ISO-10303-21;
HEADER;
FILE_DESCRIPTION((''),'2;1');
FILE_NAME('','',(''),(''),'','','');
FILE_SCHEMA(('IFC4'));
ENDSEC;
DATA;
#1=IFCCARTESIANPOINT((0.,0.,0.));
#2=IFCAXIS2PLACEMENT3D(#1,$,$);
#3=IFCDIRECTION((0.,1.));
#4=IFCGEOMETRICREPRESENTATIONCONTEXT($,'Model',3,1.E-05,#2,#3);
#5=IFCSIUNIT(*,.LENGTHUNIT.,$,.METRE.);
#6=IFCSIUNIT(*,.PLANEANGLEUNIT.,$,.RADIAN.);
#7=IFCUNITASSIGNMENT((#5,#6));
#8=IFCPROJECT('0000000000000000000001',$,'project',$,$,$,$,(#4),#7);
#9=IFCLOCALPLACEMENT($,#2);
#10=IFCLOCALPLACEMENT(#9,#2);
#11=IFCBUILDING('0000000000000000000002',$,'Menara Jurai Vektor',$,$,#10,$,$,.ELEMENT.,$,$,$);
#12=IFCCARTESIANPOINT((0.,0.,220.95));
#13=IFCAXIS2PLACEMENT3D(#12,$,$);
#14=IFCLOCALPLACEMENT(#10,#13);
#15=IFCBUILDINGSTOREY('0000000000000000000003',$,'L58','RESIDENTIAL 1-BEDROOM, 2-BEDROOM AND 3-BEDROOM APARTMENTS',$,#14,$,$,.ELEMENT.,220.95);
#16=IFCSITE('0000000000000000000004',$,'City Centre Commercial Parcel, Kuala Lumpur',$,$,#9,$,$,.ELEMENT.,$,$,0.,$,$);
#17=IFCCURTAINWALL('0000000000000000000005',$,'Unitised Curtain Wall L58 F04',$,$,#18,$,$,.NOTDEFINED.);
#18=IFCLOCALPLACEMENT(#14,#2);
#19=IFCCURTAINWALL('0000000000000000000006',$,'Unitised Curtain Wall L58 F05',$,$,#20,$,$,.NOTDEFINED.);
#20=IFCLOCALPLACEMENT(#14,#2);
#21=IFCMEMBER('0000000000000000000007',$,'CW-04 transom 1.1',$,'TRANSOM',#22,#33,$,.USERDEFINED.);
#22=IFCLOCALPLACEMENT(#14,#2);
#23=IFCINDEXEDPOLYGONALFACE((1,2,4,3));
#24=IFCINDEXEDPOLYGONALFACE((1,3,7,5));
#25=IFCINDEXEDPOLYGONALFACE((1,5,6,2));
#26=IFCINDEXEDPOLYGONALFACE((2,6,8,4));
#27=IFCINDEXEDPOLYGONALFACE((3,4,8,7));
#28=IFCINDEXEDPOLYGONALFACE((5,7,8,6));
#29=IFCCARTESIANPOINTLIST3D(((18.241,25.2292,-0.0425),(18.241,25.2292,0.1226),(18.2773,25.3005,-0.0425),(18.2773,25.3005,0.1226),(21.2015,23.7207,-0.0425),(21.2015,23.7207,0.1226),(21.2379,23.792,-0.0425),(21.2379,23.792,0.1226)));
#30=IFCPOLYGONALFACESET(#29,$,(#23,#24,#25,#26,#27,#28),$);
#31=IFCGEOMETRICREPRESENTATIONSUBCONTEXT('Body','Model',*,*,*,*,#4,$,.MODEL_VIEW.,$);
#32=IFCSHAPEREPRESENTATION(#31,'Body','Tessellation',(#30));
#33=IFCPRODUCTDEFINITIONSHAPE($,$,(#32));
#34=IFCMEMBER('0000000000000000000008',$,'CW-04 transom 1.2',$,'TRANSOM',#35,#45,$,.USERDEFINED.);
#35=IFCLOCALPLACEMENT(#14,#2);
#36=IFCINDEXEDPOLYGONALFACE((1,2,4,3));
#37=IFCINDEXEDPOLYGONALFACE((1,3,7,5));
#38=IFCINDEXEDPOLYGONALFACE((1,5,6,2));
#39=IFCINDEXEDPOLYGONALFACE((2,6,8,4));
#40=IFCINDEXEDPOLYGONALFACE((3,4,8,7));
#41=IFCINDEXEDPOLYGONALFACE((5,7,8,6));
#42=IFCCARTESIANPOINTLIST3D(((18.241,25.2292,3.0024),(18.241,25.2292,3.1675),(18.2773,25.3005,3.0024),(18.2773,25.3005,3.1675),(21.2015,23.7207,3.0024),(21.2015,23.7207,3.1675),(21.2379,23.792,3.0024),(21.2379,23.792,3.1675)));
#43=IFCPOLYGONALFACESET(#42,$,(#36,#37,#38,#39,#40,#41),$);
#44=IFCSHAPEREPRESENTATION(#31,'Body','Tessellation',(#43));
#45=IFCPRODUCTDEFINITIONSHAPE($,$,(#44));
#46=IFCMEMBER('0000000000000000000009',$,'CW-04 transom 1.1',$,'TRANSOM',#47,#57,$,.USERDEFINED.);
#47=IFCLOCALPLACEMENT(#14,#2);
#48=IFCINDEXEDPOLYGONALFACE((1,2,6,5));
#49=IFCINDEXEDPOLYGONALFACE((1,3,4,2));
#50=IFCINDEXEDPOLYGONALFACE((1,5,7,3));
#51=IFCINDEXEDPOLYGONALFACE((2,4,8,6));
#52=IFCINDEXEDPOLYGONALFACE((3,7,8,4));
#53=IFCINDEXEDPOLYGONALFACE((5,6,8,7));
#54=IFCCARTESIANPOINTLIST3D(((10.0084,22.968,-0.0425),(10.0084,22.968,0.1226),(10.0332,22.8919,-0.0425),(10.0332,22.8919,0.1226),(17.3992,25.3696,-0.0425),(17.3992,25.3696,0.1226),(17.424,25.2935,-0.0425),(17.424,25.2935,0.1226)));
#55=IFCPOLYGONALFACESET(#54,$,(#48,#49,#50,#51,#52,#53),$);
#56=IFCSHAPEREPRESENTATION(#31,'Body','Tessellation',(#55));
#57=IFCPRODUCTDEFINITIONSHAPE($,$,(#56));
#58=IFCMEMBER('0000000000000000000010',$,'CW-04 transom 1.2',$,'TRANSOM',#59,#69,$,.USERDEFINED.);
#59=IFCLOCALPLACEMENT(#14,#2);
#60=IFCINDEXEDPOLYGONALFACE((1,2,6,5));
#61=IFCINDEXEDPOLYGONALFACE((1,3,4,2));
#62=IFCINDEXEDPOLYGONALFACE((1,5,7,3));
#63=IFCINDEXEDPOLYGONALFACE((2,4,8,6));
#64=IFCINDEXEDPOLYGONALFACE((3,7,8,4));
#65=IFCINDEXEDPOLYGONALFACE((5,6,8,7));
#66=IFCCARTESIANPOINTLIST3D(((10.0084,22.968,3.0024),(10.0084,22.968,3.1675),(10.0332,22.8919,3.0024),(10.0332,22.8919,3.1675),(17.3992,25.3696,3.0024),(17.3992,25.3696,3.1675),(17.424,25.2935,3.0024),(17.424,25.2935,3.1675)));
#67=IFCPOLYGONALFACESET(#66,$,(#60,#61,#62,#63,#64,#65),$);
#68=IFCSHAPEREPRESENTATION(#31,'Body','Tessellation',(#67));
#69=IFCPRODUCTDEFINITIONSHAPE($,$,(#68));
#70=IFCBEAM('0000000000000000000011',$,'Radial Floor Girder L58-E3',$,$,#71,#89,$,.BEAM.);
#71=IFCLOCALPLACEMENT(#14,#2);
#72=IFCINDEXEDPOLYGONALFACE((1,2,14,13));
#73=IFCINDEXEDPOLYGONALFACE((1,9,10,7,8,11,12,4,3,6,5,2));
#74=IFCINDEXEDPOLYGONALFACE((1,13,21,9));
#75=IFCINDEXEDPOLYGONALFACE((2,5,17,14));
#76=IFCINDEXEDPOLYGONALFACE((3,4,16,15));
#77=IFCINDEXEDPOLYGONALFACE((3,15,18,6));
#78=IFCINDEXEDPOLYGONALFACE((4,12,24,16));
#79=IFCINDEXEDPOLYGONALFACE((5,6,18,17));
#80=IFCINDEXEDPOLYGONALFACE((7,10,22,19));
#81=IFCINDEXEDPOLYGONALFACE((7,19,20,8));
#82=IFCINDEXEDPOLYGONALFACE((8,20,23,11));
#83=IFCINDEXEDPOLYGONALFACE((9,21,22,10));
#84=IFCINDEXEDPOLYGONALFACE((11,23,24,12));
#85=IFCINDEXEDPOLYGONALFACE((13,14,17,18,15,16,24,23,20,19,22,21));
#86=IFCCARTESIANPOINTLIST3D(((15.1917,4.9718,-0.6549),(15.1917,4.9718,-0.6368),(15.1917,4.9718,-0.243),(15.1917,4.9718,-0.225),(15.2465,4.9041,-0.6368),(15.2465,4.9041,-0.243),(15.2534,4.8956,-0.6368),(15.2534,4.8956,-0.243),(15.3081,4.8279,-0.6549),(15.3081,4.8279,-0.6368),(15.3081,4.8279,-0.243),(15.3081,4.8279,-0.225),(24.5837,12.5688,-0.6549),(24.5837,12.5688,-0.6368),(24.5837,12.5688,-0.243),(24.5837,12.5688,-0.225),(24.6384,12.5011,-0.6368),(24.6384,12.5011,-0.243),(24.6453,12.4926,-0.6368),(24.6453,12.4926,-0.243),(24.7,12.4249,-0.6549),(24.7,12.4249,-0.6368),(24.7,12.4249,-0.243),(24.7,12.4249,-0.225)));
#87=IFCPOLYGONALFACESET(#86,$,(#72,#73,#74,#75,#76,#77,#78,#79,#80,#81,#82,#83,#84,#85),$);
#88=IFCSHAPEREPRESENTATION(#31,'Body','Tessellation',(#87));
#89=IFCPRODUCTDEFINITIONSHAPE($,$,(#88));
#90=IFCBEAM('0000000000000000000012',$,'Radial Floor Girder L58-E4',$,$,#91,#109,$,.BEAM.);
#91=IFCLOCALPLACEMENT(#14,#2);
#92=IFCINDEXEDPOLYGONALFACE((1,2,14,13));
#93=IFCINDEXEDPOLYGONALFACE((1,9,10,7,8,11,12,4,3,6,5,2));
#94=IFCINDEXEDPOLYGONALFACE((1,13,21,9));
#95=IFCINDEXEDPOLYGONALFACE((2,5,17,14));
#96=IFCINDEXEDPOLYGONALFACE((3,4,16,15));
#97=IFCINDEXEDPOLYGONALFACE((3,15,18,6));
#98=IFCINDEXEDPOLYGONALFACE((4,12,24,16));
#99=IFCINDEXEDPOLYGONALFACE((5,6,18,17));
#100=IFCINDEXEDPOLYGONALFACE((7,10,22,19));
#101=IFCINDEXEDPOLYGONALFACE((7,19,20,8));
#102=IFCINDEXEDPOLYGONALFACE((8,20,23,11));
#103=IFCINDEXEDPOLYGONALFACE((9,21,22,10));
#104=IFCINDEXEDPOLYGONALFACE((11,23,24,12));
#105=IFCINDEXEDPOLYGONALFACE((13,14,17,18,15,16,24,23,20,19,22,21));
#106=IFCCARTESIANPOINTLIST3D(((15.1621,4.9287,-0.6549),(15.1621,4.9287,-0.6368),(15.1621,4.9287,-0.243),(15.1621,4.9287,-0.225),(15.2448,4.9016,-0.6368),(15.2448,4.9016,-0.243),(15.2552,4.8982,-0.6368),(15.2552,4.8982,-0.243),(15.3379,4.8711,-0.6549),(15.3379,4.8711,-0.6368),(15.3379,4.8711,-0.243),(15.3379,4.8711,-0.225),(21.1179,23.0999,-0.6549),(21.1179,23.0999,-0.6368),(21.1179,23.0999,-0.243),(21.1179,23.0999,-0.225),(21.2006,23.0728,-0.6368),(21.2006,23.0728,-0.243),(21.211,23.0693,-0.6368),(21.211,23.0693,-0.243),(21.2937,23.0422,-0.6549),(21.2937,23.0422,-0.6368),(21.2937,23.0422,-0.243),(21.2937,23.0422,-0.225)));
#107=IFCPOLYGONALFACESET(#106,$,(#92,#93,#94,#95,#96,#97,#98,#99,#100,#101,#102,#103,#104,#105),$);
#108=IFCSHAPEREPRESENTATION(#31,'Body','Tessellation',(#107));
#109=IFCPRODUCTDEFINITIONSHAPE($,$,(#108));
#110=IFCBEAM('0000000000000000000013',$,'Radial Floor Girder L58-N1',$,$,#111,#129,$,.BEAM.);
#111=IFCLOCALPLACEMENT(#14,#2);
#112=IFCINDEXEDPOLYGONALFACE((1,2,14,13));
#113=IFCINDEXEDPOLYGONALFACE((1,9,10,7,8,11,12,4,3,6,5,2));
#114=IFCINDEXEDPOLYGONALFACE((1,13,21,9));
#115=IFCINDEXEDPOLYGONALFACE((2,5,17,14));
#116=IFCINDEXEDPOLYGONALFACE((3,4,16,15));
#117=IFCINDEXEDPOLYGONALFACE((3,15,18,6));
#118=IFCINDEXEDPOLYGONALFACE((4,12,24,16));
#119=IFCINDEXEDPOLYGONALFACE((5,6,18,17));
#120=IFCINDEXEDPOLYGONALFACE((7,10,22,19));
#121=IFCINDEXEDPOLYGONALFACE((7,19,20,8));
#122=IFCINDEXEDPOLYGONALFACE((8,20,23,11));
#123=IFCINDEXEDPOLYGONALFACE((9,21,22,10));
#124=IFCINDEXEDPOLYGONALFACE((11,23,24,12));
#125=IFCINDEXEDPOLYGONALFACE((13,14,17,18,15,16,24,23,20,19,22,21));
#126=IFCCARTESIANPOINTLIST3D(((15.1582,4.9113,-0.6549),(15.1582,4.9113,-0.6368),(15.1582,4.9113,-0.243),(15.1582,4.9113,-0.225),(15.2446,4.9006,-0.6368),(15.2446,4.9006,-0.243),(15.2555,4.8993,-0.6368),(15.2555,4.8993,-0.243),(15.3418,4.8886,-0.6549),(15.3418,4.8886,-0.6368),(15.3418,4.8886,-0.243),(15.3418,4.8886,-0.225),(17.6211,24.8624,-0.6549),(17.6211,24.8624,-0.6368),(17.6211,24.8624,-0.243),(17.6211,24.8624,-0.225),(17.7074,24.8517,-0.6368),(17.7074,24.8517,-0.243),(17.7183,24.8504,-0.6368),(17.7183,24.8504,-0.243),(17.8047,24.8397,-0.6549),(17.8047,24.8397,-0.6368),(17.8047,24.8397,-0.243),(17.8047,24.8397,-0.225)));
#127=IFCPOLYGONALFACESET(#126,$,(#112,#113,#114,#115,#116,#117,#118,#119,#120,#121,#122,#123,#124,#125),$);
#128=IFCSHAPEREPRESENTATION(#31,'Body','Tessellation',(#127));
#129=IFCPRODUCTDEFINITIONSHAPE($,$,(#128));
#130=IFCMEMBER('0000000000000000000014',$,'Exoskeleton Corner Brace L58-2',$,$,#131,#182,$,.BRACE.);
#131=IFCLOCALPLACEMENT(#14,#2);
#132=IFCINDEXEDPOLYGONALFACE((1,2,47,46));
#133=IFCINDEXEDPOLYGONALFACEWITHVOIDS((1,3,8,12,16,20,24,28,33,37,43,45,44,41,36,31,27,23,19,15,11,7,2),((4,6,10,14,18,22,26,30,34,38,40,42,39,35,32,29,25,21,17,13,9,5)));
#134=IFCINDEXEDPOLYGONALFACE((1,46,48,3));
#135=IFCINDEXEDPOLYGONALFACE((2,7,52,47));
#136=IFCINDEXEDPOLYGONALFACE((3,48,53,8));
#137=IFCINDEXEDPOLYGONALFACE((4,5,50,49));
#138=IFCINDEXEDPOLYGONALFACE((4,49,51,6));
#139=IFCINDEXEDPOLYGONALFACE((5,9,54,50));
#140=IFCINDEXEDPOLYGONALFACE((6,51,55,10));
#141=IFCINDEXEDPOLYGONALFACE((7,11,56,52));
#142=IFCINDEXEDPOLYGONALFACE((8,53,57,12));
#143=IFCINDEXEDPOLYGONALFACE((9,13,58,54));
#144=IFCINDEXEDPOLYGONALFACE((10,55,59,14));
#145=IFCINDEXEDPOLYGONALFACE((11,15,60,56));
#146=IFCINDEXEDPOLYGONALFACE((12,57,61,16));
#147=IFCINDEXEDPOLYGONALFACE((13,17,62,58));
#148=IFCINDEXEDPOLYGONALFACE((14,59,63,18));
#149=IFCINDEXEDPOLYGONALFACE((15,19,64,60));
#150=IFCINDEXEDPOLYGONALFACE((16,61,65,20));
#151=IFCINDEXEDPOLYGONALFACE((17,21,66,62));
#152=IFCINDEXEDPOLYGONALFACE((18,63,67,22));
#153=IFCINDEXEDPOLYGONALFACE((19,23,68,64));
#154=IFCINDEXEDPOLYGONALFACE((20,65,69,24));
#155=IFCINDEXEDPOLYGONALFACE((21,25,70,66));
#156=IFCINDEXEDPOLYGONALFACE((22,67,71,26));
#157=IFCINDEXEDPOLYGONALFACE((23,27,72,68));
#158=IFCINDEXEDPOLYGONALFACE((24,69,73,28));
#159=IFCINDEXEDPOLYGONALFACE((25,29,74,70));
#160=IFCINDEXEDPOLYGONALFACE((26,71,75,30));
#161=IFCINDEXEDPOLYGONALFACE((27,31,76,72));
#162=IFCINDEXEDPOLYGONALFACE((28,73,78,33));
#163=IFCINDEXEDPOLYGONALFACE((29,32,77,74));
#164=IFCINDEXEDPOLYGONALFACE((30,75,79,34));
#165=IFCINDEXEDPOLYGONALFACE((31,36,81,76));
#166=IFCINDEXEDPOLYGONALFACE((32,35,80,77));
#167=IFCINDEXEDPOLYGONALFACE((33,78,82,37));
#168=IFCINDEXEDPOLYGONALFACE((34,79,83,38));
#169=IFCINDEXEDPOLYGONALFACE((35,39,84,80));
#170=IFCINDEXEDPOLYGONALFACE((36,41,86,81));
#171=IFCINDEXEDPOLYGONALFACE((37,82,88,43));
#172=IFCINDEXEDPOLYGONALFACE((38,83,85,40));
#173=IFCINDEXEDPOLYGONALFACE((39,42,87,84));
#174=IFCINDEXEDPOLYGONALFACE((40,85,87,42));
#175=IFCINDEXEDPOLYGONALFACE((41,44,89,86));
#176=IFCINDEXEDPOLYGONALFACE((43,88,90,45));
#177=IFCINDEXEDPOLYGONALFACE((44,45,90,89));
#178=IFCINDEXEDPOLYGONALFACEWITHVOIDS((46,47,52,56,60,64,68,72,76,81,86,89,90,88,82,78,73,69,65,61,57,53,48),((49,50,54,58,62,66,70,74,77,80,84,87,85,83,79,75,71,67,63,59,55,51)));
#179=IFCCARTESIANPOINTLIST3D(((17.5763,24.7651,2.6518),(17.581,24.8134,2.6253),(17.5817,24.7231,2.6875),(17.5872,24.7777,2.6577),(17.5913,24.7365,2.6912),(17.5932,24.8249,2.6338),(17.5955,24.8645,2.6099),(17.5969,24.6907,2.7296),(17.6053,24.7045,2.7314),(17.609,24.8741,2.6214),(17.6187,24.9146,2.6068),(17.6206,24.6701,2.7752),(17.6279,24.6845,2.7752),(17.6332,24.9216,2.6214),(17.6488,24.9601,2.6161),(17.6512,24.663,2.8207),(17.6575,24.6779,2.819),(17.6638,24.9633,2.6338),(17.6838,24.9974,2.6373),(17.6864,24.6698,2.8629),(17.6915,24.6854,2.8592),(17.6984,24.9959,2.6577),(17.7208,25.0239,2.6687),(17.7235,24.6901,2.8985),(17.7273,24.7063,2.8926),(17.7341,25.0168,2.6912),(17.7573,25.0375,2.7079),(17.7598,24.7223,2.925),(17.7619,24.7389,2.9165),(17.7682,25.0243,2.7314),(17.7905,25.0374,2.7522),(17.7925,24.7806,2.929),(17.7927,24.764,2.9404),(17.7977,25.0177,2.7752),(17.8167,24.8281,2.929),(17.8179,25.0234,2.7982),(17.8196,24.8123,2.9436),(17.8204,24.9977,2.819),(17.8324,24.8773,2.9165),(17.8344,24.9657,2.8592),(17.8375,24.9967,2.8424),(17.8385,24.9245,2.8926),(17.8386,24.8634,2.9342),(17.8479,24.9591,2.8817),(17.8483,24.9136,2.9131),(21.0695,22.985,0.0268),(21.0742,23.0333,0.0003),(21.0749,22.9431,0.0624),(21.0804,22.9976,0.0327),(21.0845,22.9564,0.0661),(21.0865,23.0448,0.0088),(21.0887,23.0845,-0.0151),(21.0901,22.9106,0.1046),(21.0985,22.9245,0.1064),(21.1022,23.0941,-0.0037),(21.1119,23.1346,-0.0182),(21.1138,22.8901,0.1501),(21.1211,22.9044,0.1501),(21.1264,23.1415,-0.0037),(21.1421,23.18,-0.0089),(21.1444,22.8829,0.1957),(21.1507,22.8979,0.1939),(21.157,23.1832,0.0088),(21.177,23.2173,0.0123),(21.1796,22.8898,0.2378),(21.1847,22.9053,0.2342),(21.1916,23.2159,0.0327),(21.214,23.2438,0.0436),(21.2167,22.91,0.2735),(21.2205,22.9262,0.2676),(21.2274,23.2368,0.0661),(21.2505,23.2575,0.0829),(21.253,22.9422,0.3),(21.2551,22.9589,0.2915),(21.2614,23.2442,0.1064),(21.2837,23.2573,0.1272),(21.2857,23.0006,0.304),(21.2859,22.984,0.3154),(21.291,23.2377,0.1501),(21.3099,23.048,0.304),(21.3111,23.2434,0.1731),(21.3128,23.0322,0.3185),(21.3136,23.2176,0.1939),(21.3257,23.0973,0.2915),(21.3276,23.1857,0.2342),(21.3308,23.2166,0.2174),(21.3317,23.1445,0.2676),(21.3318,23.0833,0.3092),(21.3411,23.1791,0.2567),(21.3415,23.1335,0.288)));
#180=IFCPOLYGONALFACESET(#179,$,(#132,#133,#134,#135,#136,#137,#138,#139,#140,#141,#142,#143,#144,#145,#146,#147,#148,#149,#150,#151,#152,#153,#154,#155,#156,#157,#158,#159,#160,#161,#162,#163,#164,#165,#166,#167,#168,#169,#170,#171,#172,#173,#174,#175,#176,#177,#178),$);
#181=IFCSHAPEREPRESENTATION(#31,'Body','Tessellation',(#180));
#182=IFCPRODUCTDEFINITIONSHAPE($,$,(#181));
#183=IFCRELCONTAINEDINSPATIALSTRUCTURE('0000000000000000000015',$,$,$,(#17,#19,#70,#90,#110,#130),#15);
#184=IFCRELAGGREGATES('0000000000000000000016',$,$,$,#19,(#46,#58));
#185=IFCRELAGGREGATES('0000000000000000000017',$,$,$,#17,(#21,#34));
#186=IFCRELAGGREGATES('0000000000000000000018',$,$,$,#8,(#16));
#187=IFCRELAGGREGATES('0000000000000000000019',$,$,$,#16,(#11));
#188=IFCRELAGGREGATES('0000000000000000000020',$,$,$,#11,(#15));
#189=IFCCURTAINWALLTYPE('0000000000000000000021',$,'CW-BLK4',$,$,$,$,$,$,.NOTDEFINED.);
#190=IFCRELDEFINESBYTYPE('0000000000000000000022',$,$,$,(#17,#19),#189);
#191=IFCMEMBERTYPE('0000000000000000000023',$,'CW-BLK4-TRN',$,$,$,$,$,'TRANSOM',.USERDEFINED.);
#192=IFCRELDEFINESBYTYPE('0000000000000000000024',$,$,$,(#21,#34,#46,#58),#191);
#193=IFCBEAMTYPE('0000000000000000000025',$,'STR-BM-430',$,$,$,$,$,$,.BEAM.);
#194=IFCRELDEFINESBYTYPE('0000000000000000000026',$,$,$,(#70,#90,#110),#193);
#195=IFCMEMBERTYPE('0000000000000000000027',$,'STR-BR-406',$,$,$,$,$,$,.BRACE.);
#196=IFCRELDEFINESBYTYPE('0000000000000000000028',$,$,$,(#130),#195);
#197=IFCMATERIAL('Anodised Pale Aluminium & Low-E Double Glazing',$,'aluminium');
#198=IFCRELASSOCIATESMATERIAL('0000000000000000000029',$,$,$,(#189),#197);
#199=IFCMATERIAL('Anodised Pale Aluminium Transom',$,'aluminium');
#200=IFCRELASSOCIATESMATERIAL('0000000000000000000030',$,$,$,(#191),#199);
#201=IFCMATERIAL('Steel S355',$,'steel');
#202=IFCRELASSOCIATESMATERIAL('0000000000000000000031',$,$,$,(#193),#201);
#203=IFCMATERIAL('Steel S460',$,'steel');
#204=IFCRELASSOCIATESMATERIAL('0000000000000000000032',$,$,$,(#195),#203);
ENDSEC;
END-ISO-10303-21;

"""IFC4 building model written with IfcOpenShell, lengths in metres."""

from ifc_helpers import new_model, si_unit, direction, frame, origin, origin_2d, place, context, subcontext, project, spatial, rectangle, hollow_circle, i_section, extrude, material, material_profile, profile_set, type_object, element, aggregate, save


model = new_model("IFC4")

# Units and contexts
model_context = context("Model", 3, precision=1e-05, world=origin(), true_north=direction((0.0, 1.0)))
body_context = subcontext(model_context, "Body", "Model", "MODEL_VIEW")
ifc_project = project(units=[si_unit("LENGTHUNIT", "METRE"), si_unit("PLANEANGLEUNIT", "RADIAN")], contexts=[model_context])

# Site, building, storey
site_placement = place(None, origin())
site = spatial("IfcSite", under=ifc_project, at=site_placement, Name="City Centre Commercial Parcel, Kuala Lumpur", CompositionType="ELEMENT", RefElevation=0.0)
building_placement = place(site_placement, origin())
building = spatial("IfcBuilding", under=site, at=building_placement, Name="Menara Jurai Vektor", CompositionType="ELEMENT")
storey_placement = place(building_placement, frame((0.0, 0.0, 220.95)))
storey = spatial("IfcBuildingStorey", under=building, at=storey_placement, Name="L58", Description="RESIDENTIAL 1-BEDROOM, 2-BEDROOM AND 3-BEDROOM APARTMENTS", CompositionType="ELEMENT", Elevation=220.95)

# Shared definitions
ifc_material_1 = material(Name="Steel S460", Category="steel")

# Curtain wall
ifc_material_2 = material(Name="Anodised Pale Aluminium & Low-E Double Glazing", Category="aluminium")
curtain_wall_type = type_object("IfcCurtainWallType", Name="CW-BLK4", PredefinedType="NOTDEFINED", material=ifc_material_2)
curtain_wall_1_placement = place(storey_placement, origin())
curtain_wall_1 = element("IfcCurtainWall", 1, at=curtain_wall_1_placement, inside=storey, type_object=curtain_wall_type, Name="Unitised Curtain Wall L58 F04", PredefinedType="NOTDEFINED")

# Curtain wall
curtain_wall_2_placement = place(storey_placement, origin())
curtain_wall_2 = element("IfcCurtainWall", 2, at=curtain_wall_2_placement, inside=storey, type_object=curtain_wall_type, Name="Unitised Curtain Wall L58 F05", PredefinedType="NOTDEFINED")

# Members
ifc_material_3 = material(Name="Anodised Pale Aluminium Transom", Category="aluminium")
ifc_material_profile_1 = material_profile(ifc_material_3, rectangle(XDim=0.0801, YDim=0.165, at=origin_2d()), Name="ALU TRN 80x165")
ifc_profile_set_1 = profile_set([ifc_material_profile_1], Name="Anodised Pale Aluminium Transom")
member_type_1 = type_object("IfcMemberType", Name="CW-BLK4-TRN", ElementType="TRANSOM", PredefinedType="USERDEFINED", material=ifc_profile_set_1)
member_1_placement = place(storey_placement, frame((21.2197, 23.7563, 0.04), z_axis=(-0.891007, 0.45399, 0.0), x_axis=(-0.45399, -0.891007, 0.0)))
member_1 = element("IfcMember", 3, at=member_1_placement, type_object=member_type_1, Name="CW-04 transom 1.1", ObjectType="TRANSOM", PredefinedType="USERDEFINED", context=body_context, shape_type="SweptSolid", body=[
    extrude(rectangle(XDim=0.0801, YDim=0.165, at=origin_2d()), origin(), (0.0, 0.0, 1.0), 3.3228),
])
member_2_placement = place(storey_placement, frame((21.2197, 23.7563, 3.085), z_axis=(-0.891007, 0.45399, 0.0), x_axis=(-0.45399, -0.891007, 0.0)))
member_2 = element("IfcMember", 4, at=member_2_placement, type_object=member_type_1, Name="CW-04 transom 1.2", ObjectType="TRANSOM", PredefinedType="USERDEFINED", context=body_context, shape_type="SweptSolid", body=[
    extrude(rectangle(XDim=0.0801, YDim=0.165, at=origin_2d()), origin(), (0.0, 0.0, 1.0), 3.3228),
])
member_3_placement = place(storey_placement, frame((17.4116, 25.3315, 0.04), z_axis=(-0.95105, -0.309037, 0.0), x_axis=(0.309037, -0.95105, 0.0)))
member_3 = element("IfcMember", 5, at=member_3_placement, type_object=member_type_1, Name="CW-04 transom 1.1", ObjectType="TRANSOM", PredefinedType="USERDEFINED", context=body_context, shape_type="SweptSolid", body=[
    extrude(rectangle(XDim=0.0801, YDim=0.165, at=origin_2d()), origin(), (0.0, 0.0, 1.0), 7.7712),
])
member_4_placement = place(storey_placement, frame((17.4116, 25.3315, 3.085), z_axis=(-0.95105, -0.309037, 0.0), x_axis=(0.309037, -0.95105, 0.0)))
member_4 = element("IfcMember", 6, at=member_4_placement, type_object=member_type_1, Name="CW-04 transom 1.2", ObjectType="TRANSOM", PredefinedType="USERDEFINED", context=body_context, shape_type="SweptSolid", body=[
    extrude(rectangle(XDim=0.0801, YDim=0.165, at=origin_2d()), origin(), (0.0, 0.0, 1.0), 7.7712),
])

# Beams
ifc_material_4 = material(Name="Steel S355", Category="steel")
ifc_material_profile_2 = material_profile(ifc_material_4, i_section(OverallWidth=0.1851, OverallDepth=0.4299, WebThickness=0.011, FlangeThickness=0.0181, at=origin_2d()), Name="PG 430x185x76")
ifc_profile_set_2 = profile_set([ifc_material_profile_2], Name="Steel S355")
beam_type_1 = type_object("IfcBeamType", Name="STR-BM-430", PredefinedType="BEAM", material=ifc_profile_set_2)
beam_1_placement = place(storey_placement, frame((24.6418, 12.4968, -0.4399), z_axis=(-0.777488, -0.628898, 0.0), x_axis=(0.628898, -0.777488, 0.0)))
element("IfcBeam", 7, at=beam_1_placement, inside=storey, type_object=beam_type_1, Name="Radial Floor Girder L58-E3", PredefinedType="BEAM", context=body_context, shape_type="SweptSolid", body=[
    extrude(i_section(OverallWidth=0.1851, OverallDepth=0.4299, WebThickness=0.011, FlangeThickness=0.0181, at=origin_2d()), origin(), (0.0, 0.0, 1.0), 12.0798),
])
beam_2_placement = place(storey_placement, frame((21.2058, 23.071, -0.4399), z_axis=(-0.311459, -0.95026, 0.0), x_axis=(0.95026, -0.311459, 0.0)))
element("IfcBeam", 8, at=beam_2_placement, inside=storey, type_object=beam_type_1, Name="Radial Floor Girder L58-E4", PredefinedType="BEAM", context=body_context, shape_type="SweptSolid", body=[
    extrude(i_section(OverallWidth=0.1851, OverallDepth=0.4299, WebThickness=0.011, FlangeThickness=0.0181, at=origin_2d()), origin(), (0.0, 0.0, 1.0), 19.1223),
])
beam_3_placement = place(storey_placement, frame((17.7129, 24.8511, -0.4399), z_axis=(-0.122516, -0.992467, 0.0), x_axis=(0.992467, -0.122516, 0.0)))
element("IfcBeam", 9, at=beam_3_placement, inside=storey, type_object=beam_type_1, Name="Radial Floor Girder L58-N1", PredefinedType="BEAM", context=body_context, shape_type="SweptSolid", body=[
    extrude(i_section(OverallWidth=0.1851, OverallDepth=0.4299, WebThickness=0.011, FlangeThickness=0.0181, at=origin_2d()), origin(), (0.0, 0.0, 1.0), 20.1025),
])

# Member
ifc_material_profile_3 = material_profile(ifc_material_1, hollow_circle(Radius=0.2031, WallThickness=0.0161, at=origin_2d()), Name="CHS 406.4x16")
ifc_profile_set_3 = profile_set([ifc_material_profile_3], Name="Steel S460")
member_type_2 = type_object("IfcMemberType", Name="STR-BR-406", PredefinedType="BRACE", material=ifc_profile_set_3)
member_5_placement = place(storey_placement, frame((21.2061, 23.071, 0.1501), z_axis=(-0.740361, 0.377269, 0.556357), x_axis=(-0.454026, -0.890989, 0.0)))
element("IfcMember", 10, at=member_5_placement, inside=storey, type_object=member_type_2, Name="Exoskeleton Corner Brace L58-2", PredefinedType="BRACE", context=body_context, shape_type="SweptSolid", body=[
    extrude(hollow_circle(Radius=0.2031, WallThickness=0.0161, at=origin_2d()), origin(), (0.0, 0.0, 1.0), 4.7183),
])

aggregate(curtain_wall_2, [member_3, member_4])
aggregate(curtain_wall_1, [member_1, member_2])

save(model, "model.ifc")
